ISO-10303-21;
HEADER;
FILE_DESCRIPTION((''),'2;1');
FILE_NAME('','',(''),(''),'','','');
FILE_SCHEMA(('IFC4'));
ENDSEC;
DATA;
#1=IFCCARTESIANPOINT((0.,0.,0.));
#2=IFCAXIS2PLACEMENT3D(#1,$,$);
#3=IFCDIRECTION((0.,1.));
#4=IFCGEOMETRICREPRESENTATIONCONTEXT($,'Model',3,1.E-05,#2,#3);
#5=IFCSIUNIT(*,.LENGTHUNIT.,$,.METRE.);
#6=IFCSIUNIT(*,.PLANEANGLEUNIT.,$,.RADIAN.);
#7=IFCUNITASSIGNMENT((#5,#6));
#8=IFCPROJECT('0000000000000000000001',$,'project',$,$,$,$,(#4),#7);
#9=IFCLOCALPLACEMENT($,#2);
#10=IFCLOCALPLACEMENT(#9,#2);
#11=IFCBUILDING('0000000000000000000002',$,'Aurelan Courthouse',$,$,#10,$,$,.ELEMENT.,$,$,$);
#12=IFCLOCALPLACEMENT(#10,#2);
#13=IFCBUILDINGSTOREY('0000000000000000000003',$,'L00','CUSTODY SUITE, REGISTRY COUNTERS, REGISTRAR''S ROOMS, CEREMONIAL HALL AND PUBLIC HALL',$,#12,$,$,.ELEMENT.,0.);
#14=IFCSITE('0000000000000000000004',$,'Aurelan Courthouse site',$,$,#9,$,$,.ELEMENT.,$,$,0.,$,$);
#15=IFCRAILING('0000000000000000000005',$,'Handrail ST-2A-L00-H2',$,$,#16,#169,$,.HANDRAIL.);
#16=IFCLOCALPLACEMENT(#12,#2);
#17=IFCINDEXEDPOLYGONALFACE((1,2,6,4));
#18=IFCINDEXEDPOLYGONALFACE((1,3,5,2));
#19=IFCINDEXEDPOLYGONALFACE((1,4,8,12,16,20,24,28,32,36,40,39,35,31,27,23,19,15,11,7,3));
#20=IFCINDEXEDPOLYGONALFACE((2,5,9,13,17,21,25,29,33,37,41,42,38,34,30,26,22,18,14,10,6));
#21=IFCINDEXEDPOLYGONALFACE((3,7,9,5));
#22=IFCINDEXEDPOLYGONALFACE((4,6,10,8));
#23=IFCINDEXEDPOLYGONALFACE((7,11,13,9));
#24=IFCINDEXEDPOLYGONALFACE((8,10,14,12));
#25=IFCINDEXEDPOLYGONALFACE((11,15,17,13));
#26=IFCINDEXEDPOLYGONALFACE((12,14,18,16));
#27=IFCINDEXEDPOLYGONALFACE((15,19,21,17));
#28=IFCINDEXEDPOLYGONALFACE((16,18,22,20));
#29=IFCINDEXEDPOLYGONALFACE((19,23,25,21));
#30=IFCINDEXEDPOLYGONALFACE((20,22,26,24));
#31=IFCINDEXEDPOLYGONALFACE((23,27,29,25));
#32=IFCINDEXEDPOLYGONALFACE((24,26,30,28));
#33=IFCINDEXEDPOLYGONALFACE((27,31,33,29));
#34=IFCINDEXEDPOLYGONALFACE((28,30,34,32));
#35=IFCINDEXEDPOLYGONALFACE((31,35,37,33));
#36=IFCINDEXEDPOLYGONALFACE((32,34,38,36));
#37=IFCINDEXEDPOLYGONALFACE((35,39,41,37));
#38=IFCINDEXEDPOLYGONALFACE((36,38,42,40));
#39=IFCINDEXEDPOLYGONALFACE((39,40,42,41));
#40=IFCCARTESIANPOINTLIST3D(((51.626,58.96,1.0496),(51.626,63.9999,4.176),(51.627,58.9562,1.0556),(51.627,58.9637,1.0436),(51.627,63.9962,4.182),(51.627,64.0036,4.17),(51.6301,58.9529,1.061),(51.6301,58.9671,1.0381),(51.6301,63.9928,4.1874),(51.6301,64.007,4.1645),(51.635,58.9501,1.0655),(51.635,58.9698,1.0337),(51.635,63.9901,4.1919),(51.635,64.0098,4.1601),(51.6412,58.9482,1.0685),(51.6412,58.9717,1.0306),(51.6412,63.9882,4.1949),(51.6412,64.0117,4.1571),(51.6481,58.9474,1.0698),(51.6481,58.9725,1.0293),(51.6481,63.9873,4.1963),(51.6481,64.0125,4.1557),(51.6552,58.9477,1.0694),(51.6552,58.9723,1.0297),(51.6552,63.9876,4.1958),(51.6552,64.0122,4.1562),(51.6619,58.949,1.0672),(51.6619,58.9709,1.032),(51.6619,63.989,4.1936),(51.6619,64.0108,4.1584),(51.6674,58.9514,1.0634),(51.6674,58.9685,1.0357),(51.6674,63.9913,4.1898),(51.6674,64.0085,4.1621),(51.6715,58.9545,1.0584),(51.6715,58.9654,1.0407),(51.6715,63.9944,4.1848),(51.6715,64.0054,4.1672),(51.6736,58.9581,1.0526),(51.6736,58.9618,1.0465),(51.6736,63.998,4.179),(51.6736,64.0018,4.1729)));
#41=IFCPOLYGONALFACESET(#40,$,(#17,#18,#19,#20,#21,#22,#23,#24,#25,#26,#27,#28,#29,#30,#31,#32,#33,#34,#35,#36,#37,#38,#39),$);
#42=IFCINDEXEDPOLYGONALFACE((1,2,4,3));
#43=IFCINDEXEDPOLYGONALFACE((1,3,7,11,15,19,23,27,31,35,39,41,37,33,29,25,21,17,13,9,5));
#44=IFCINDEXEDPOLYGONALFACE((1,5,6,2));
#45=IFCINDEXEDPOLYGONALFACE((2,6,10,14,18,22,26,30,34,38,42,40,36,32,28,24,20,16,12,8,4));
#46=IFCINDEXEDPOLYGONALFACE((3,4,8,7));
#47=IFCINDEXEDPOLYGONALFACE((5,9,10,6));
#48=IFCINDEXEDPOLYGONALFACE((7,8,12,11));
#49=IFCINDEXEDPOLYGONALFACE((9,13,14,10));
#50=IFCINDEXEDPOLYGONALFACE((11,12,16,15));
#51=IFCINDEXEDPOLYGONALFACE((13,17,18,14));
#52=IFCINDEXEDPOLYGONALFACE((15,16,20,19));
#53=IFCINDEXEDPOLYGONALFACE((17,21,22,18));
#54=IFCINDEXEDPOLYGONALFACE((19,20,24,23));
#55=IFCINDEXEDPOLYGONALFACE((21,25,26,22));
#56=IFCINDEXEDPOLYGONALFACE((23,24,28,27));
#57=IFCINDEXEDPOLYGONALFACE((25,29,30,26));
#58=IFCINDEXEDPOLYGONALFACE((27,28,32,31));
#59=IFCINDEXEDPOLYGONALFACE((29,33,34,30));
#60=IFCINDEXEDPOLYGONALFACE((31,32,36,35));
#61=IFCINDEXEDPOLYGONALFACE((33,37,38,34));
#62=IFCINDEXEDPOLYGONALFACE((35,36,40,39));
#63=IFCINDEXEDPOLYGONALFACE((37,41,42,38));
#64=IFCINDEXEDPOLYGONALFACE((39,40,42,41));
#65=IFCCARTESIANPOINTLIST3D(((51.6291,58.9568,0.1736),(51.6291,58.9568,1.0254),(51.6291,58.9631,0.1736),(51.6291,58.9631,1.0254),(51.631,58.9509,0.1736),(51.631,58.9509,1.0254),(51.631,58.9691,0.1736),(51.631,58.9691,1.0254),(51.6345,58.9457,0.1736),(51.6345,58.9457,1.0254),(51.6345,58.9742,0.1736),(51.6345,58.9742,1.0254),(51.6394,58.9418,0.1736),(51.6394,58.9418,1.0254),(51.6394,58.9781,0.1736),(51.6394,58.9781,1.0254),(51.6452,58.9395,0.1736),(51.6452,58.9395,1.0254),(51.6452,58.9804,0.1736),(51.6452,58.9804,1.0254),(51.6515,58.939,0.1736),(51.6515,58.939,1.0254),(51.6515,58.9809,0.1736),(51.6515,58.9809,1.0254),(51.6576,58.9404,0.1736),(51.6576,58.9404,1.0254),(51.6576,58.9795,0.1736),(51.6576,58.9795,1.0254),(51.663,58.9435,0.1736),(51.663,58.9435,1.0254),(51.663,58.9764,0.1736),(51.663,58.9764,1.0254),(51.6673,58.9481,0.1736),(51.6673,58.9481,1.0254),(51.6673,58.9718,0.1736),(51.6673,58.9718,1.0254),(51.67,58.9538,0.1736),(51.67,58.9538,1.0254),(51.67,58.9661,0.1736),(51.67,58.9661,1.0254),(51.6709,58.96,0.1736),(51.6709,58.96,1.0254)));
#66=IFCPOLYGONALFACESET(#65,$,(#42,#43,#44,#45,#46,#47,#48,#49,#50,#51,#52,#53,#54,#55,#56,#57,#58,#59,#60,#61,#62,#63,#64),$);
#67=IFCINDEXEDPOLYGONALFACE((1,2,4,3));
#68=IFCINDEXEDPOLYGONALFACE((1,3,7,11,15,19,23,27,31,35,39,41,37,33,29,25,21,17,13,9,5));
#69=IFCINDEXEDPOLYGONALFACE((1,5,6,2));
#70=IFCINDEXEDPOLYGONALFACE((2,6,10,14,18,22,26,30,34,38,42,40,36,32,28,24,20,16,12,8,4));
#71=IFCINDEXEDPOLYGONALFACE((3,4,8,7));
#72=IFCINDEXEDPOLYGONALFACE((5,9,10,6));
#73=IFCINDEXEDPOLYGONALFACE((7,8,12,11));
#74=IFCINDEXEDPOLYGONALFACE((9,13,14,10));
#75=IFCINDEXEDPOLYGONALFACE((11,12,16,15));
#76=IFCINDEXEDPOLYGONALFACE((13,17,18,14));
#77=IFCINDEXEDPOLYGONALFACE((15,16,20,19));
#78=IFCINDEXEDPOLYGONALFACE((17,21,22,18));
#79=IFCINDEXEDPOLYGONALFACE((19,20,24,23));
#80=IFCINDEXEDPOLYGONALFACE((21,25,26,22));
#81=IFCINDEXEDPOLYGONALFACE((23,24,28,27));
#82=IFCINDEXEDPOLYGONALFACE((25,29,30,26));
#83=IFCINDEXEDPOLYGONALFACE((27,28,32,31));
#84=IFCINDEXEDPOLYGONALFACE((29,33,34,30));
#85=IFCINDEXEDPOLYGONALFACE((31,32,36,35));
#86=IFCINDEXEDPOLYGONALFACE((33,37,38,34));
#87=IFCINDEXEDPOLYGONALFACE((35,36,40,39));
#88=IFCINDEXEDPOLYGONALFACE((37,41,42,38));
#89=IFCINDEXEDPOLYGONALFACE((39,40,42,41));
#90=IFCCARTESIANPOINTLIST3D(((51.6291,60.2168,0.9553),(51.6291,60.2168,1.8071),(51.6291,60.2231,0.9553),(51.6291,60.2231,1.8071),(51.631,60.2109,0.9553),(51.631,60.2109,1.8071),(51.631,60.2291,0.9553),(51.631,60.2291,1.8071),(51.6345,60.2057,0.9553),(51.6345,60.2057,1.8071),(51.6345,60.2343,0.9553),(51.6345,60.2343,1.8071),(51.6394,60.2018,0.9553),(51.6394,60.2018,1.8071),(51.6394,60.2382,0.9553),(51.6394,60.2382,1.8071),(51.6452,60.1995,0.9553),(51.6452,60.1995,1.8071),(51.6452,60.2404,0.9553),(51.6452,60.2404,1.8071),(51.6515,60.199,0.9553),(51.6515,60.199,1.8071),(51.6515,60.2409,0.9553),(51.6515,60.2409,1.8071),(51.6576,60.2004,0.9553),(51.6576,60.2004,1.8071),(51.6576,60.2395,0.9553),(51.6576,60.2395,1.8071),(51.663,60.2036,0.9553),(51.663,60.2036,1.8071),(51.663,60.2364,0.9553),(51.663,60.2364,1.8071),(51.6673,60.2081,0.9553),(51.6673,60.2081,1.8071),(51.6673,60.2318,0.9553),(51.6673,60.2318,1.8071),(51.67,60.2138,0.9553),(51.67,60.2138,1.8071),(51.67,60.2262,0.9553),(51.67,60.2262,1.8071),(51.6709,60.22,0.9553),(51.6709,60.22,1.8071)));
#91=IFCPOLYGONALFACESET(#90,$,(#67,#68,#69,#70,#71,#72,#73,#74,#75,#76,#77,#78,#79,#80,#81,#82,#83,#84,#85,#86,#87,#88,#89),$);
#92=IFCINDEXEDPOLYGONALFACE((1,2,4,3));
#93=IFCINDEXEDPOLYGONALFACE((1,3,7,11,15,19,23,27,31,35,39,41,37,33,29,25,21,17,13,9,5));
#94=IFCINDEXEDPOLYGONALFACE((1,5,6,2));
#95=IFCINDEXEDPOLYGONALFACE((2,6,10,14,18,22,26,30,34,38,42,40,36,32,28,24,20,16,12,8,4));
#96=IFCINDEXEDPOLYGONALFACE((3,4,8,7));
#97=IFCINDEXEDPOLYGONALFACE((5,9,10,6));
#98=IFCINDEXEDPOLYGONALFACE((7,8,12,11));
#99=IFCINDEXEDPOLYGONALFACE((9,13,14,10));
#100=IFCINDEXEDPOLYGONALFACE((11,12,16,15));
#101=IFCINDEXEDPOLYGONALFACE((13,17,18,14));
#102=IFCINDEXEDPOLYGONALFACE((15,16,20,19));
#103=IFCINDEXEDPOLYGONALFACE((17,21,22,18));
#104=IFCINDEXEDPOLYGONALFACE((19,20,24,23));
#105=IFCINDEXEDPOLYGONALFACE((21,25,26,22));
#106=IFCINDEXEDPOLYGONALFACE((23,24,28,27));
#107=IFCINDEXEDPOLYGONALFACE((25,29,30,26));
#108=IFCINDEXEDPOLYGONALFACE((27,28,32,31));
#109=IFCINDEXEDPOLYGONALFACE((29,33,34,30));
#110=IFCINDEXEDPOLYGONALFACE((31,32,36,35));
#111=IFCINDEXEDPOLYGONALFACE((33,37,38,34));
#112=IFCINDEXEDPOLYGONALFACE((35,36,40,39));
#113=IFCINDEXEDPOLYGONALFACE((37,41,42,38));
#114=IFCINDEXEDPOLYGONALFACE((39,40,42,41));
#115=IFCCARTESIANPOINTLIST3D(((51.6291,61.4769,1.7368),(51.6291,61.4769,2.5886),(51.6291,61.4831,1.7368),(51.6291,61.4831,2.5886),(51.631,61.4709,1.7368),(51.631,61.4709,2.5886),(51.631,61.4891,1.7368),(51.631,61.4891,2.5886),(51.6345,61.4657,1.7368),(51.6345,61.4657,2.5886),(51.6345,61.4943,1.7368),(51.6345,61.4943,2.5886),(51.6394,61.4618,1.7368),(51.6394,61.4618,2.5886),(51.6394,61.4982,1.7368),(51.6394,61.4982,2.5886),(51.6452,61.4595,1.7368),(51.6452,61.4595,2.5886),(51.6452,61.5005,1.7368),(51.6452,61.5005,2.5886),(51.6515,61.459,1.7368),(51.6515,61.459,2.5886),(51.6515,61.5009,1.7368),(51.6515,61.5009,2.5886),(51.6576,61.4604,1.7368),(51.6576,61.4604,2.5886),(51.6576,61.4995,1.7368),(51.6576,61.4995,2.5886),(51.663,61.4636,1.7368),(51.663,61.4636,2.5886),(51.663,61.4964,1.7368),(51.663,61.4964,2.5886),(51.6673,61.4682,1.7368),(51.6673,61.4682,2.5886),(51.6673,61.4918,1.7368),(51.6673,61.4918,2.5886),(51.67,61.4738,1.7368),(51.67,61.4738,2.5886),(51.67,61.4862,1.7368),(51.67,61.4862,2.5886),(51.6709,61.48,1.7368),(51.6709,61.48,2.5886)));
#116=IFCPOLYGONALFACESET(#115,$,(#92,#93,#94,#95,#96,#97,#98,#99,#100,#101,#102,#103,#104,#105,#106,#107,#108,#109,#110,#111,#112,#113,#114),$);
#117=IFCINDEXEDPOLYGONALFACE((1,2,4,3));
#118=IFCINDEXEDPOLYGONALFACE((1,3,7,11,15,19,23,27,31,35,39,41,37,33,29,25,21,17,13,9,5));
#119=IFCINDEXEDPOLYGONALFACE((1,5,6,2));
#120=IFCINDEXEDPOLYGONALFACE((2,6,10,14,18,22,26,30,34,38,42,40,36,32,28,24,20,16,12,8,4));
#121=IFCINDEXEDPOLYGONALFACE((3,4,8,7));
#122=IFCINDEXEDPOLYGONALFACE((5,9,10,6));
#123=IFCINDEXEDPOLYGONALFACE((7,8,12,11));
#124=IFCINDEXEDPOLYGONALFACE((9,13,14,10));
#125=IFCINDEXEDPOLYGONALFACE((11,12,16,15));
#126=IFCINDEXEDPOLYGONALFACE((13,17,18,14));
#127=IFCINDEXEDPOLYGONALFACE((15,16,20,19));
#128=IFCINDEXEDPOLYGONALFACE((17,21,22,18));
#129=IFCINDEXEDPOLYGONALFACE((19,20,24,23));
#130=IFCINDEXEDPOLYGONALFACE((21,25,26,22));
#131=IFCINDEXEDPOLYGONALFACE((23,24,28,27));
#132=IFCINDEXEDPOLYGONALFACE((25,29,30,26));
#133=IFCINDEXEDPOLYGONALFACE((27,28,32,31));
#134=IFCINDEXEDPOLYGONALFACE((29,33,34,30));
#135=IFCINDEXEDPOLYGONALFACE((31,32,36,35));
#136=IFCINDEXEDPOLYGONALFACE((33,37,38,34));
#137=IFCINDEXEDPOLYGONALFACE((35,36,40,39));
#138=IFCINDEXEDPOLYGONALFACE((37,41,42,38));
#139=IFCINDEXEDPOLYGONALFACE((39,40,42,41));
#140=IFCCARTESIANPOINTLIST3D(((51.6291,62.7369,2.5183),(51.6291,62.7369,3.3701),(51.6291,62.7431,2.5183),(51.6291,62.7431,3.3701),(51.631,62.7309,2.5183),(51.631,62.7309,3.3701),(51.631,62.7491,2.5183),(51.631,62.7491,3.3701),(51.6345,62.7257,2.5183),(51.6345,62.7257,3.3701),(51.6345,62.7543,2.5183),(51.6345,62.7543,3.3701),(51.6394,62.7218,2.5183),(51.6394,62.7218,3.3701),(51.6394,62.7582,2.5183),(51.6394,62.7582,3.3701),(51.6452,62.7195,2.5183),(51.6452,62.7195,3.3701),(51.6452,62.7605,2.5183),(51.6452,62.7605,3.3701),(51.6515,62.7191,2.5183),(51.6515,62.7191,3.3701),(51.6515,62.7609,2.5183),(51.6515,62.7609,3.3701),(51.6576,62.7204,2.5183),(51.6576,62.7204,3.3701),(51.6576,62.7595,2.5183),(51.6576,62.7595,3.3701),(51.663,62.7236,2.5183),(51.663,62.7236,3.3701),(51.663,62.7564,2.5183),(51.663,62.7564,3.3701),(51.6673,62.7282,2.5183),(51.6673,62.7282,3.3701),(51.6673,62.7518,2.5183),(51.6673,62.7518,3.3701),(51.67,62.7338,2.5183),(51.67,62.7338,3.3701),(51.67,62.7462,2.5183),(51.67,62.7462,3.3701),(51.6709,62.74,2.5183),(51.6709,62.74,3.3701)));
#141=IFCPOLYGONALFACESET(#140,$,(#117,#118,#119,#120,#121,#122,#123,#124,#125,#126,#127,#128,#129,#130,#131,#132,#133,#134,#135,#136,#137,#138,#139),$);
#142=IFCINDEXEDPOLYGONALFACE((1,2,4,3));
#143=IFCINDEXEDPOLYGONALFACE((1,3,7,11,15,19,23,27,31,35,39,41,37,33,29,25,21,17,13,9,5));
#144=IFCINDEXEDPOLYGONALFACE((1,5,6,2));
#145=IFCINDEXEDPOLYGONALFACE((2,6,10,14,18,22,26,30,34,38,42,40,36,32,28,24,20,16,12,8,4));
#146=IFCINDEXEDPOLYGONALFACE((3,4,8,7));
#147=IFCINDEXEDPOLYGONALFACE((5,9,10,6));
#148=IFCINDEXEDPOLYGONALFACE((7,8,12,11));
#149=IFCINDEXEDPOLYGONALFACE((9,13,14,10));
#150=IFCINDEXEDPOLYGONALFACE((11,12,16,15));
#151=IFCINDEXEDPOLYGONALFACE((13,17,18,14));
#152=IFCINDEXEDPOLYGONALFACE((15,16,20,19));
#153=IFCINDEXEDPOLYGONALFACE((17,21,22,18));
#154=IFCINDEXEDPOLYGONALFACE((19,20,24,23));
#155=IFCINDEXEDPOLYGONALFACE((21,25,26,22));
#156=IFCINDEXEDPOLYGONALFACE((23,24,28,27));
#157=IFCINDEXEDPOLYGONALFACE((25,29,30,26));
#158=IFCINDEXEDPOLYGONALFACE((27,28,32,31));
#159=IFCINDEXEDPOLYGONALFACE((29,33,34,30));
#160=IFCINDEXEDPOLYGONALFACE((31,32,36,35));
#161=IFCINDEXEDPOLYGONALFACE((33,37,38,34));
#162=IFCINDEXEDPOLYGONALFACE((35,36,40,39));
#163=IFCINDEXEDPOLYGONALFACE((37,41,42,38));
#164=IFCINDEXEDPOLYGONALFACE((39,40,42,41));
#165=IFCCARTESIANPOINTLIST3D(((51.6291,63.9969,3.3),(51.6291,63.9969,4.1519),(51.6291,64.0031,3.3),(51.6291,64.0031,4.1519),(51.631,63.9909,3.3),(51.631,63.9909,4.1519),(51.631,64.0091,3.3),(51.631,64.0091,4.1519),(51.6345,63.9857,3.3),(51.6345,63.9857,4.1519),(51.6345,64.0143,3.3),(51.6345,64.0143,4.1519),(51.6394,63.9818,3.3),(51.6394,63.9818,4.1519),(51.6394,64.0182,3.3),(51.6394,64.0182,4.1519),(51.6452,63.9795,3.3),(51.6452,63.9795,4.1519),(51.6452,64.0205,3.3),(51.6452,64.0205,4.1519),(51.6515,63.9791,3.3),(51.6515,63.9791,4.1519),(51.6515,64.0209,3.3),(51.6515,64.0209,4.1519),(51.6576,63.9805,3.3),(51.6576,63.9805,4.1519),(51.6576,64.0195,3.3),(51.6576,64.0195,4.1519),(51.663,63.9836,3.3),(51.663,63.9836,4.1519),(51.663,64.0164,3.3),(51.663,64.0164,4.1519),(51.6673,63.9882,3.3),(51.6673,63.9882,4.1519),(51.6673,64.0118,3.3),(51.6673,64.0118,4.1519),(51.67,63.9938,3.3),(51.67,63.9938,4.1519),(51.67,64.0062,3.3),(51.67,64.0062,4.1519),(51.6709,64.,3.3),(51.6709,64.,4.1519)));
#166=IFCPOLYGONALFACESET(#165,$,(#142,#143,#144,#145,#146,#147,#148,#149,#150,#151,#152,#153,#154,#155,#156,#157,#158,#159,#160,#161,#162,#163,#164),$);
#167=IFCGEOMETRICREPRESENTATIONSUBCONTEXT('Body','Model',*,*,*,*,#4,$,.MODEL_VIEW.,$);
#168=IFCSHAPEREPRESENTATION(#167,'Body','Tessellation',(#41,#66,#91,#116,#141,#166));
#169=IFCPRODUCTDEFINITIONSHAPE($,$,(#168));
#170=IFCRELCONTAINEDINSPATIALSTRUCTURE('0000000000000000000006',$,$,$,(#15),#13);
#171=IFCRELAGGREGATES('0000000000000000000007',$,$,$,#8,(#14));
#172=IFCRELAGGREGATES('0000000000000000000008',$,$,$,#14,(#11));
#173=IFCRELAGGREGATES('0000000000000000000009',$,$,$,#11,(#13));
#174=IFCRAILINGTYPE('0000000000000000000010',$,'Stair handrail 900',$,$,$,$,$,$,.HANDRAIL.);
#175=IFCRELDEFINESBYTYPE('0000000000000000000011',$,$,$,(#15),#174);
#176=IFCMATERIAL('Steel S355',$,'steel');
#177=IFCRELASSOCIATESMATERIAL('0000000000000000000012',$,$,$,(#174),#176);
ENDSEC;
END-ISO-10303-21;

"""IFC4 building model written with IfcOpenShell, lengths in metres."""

from ifc_helpers import new_model, si_unit, direction, frame, origin, origin_2d, place, context, subcontext, project, spatial, circle, extrude, material, type_object, element, save


model = new_model("IFC4")

# Units and contexts
model_context = context("Model", 3, precision=1e-05, world=origin(), true_north=direction((0.0, 1.0)))
body_context = subcontext(model_context, "Body", "Model", "MODEL_VIEW")
ifc_project = project(units=[si_unit("LENGTHUNIT", "METRE"), si_unit("PLANEANGLEUNIT", "RADIAN")], contexts=[model_context])

# Site, building, storey
site_placement = place(None, origin())
site = spatial("IfcSite", under=ifc_project, at=site_placement, Name="Aurelan Courthouse site", CompositionType="ELEMENT", RefElevation=0.0)
building_placement = place(site_placement, origin())
building = spatial("IfcBuilding", under=site, at=building_placement, Name="Aurelan Courthouse", CompositionType="ELEMENT")
storey_placement = place(building_placement, origin())
storey = spatial("IfcBuildingStorey", under=building, at=storey_placement, Name="L00", Description="CUSTODY SUITE, REGISTRY COUNTERS, REGISTRAR'S ROOMS, CEREMONIAL HALL AND PUBLIC HALL", CompositionType="ELEMENT", Elevation=0.0)

# Railing
ifc_material_1 = material(Name="Steel S355", Category="steel")
railing_type = type_object("IfcRailingType", Name="Stair handrail 900", PredefinedType="HANDRAIL", material=ifc_material_1)
for number, where, name in (
    (1, (51.6499, 58.96, 0.1736), "Handrail ST-2A-L00-H2"),
):
    element("IfcRailing", number, at=place(storey_placement, frame(where)), inside=storey, type_object=railing_type, Name=name, PredefinedType="HANDRAIL", context=body_context, shape_type="SweptSolid", body=[
        extrude(circle(Radius=0.0239, at=origin_2d()), frame((0.0, 0.0, 0.876), z_axis=(0.0, 0.849779, 0.527139), x_axis=(-1.0, 0.0, 0.0)), (0.0, 0.0, 1.0), 5.9309),
        extrude(circle(Radius=0.021, at=origin_2d()), origin(), (0.0, 0.0, 1.0), 0.8518),
        extrude(circle(Radius=0.021, at=origin_2d()), frame((0.0, 1.26, 0.7817)), (0.0, 0.0, 1.0), 0.8518),
        extrude(circle(Radius=0.021, at=origin_2d()), frame((0.0, 2.52, 1.5632)), (0.0, 0.0, 1.0), 0.8518),
        extrude(circle(Radius=0.021, at=origin_2d()), frame((0.0, 3.78, 2.3447)), (0.0, 0.0, 1.0), 0.8518),
        extrude(circle(Radius=0.021, at=origin_2d()), frame((0.0, 5.04, 3.1265)), (0.0, 0.0, 1.0), 0.8518),
    ])

save(model, "model.ifc")
